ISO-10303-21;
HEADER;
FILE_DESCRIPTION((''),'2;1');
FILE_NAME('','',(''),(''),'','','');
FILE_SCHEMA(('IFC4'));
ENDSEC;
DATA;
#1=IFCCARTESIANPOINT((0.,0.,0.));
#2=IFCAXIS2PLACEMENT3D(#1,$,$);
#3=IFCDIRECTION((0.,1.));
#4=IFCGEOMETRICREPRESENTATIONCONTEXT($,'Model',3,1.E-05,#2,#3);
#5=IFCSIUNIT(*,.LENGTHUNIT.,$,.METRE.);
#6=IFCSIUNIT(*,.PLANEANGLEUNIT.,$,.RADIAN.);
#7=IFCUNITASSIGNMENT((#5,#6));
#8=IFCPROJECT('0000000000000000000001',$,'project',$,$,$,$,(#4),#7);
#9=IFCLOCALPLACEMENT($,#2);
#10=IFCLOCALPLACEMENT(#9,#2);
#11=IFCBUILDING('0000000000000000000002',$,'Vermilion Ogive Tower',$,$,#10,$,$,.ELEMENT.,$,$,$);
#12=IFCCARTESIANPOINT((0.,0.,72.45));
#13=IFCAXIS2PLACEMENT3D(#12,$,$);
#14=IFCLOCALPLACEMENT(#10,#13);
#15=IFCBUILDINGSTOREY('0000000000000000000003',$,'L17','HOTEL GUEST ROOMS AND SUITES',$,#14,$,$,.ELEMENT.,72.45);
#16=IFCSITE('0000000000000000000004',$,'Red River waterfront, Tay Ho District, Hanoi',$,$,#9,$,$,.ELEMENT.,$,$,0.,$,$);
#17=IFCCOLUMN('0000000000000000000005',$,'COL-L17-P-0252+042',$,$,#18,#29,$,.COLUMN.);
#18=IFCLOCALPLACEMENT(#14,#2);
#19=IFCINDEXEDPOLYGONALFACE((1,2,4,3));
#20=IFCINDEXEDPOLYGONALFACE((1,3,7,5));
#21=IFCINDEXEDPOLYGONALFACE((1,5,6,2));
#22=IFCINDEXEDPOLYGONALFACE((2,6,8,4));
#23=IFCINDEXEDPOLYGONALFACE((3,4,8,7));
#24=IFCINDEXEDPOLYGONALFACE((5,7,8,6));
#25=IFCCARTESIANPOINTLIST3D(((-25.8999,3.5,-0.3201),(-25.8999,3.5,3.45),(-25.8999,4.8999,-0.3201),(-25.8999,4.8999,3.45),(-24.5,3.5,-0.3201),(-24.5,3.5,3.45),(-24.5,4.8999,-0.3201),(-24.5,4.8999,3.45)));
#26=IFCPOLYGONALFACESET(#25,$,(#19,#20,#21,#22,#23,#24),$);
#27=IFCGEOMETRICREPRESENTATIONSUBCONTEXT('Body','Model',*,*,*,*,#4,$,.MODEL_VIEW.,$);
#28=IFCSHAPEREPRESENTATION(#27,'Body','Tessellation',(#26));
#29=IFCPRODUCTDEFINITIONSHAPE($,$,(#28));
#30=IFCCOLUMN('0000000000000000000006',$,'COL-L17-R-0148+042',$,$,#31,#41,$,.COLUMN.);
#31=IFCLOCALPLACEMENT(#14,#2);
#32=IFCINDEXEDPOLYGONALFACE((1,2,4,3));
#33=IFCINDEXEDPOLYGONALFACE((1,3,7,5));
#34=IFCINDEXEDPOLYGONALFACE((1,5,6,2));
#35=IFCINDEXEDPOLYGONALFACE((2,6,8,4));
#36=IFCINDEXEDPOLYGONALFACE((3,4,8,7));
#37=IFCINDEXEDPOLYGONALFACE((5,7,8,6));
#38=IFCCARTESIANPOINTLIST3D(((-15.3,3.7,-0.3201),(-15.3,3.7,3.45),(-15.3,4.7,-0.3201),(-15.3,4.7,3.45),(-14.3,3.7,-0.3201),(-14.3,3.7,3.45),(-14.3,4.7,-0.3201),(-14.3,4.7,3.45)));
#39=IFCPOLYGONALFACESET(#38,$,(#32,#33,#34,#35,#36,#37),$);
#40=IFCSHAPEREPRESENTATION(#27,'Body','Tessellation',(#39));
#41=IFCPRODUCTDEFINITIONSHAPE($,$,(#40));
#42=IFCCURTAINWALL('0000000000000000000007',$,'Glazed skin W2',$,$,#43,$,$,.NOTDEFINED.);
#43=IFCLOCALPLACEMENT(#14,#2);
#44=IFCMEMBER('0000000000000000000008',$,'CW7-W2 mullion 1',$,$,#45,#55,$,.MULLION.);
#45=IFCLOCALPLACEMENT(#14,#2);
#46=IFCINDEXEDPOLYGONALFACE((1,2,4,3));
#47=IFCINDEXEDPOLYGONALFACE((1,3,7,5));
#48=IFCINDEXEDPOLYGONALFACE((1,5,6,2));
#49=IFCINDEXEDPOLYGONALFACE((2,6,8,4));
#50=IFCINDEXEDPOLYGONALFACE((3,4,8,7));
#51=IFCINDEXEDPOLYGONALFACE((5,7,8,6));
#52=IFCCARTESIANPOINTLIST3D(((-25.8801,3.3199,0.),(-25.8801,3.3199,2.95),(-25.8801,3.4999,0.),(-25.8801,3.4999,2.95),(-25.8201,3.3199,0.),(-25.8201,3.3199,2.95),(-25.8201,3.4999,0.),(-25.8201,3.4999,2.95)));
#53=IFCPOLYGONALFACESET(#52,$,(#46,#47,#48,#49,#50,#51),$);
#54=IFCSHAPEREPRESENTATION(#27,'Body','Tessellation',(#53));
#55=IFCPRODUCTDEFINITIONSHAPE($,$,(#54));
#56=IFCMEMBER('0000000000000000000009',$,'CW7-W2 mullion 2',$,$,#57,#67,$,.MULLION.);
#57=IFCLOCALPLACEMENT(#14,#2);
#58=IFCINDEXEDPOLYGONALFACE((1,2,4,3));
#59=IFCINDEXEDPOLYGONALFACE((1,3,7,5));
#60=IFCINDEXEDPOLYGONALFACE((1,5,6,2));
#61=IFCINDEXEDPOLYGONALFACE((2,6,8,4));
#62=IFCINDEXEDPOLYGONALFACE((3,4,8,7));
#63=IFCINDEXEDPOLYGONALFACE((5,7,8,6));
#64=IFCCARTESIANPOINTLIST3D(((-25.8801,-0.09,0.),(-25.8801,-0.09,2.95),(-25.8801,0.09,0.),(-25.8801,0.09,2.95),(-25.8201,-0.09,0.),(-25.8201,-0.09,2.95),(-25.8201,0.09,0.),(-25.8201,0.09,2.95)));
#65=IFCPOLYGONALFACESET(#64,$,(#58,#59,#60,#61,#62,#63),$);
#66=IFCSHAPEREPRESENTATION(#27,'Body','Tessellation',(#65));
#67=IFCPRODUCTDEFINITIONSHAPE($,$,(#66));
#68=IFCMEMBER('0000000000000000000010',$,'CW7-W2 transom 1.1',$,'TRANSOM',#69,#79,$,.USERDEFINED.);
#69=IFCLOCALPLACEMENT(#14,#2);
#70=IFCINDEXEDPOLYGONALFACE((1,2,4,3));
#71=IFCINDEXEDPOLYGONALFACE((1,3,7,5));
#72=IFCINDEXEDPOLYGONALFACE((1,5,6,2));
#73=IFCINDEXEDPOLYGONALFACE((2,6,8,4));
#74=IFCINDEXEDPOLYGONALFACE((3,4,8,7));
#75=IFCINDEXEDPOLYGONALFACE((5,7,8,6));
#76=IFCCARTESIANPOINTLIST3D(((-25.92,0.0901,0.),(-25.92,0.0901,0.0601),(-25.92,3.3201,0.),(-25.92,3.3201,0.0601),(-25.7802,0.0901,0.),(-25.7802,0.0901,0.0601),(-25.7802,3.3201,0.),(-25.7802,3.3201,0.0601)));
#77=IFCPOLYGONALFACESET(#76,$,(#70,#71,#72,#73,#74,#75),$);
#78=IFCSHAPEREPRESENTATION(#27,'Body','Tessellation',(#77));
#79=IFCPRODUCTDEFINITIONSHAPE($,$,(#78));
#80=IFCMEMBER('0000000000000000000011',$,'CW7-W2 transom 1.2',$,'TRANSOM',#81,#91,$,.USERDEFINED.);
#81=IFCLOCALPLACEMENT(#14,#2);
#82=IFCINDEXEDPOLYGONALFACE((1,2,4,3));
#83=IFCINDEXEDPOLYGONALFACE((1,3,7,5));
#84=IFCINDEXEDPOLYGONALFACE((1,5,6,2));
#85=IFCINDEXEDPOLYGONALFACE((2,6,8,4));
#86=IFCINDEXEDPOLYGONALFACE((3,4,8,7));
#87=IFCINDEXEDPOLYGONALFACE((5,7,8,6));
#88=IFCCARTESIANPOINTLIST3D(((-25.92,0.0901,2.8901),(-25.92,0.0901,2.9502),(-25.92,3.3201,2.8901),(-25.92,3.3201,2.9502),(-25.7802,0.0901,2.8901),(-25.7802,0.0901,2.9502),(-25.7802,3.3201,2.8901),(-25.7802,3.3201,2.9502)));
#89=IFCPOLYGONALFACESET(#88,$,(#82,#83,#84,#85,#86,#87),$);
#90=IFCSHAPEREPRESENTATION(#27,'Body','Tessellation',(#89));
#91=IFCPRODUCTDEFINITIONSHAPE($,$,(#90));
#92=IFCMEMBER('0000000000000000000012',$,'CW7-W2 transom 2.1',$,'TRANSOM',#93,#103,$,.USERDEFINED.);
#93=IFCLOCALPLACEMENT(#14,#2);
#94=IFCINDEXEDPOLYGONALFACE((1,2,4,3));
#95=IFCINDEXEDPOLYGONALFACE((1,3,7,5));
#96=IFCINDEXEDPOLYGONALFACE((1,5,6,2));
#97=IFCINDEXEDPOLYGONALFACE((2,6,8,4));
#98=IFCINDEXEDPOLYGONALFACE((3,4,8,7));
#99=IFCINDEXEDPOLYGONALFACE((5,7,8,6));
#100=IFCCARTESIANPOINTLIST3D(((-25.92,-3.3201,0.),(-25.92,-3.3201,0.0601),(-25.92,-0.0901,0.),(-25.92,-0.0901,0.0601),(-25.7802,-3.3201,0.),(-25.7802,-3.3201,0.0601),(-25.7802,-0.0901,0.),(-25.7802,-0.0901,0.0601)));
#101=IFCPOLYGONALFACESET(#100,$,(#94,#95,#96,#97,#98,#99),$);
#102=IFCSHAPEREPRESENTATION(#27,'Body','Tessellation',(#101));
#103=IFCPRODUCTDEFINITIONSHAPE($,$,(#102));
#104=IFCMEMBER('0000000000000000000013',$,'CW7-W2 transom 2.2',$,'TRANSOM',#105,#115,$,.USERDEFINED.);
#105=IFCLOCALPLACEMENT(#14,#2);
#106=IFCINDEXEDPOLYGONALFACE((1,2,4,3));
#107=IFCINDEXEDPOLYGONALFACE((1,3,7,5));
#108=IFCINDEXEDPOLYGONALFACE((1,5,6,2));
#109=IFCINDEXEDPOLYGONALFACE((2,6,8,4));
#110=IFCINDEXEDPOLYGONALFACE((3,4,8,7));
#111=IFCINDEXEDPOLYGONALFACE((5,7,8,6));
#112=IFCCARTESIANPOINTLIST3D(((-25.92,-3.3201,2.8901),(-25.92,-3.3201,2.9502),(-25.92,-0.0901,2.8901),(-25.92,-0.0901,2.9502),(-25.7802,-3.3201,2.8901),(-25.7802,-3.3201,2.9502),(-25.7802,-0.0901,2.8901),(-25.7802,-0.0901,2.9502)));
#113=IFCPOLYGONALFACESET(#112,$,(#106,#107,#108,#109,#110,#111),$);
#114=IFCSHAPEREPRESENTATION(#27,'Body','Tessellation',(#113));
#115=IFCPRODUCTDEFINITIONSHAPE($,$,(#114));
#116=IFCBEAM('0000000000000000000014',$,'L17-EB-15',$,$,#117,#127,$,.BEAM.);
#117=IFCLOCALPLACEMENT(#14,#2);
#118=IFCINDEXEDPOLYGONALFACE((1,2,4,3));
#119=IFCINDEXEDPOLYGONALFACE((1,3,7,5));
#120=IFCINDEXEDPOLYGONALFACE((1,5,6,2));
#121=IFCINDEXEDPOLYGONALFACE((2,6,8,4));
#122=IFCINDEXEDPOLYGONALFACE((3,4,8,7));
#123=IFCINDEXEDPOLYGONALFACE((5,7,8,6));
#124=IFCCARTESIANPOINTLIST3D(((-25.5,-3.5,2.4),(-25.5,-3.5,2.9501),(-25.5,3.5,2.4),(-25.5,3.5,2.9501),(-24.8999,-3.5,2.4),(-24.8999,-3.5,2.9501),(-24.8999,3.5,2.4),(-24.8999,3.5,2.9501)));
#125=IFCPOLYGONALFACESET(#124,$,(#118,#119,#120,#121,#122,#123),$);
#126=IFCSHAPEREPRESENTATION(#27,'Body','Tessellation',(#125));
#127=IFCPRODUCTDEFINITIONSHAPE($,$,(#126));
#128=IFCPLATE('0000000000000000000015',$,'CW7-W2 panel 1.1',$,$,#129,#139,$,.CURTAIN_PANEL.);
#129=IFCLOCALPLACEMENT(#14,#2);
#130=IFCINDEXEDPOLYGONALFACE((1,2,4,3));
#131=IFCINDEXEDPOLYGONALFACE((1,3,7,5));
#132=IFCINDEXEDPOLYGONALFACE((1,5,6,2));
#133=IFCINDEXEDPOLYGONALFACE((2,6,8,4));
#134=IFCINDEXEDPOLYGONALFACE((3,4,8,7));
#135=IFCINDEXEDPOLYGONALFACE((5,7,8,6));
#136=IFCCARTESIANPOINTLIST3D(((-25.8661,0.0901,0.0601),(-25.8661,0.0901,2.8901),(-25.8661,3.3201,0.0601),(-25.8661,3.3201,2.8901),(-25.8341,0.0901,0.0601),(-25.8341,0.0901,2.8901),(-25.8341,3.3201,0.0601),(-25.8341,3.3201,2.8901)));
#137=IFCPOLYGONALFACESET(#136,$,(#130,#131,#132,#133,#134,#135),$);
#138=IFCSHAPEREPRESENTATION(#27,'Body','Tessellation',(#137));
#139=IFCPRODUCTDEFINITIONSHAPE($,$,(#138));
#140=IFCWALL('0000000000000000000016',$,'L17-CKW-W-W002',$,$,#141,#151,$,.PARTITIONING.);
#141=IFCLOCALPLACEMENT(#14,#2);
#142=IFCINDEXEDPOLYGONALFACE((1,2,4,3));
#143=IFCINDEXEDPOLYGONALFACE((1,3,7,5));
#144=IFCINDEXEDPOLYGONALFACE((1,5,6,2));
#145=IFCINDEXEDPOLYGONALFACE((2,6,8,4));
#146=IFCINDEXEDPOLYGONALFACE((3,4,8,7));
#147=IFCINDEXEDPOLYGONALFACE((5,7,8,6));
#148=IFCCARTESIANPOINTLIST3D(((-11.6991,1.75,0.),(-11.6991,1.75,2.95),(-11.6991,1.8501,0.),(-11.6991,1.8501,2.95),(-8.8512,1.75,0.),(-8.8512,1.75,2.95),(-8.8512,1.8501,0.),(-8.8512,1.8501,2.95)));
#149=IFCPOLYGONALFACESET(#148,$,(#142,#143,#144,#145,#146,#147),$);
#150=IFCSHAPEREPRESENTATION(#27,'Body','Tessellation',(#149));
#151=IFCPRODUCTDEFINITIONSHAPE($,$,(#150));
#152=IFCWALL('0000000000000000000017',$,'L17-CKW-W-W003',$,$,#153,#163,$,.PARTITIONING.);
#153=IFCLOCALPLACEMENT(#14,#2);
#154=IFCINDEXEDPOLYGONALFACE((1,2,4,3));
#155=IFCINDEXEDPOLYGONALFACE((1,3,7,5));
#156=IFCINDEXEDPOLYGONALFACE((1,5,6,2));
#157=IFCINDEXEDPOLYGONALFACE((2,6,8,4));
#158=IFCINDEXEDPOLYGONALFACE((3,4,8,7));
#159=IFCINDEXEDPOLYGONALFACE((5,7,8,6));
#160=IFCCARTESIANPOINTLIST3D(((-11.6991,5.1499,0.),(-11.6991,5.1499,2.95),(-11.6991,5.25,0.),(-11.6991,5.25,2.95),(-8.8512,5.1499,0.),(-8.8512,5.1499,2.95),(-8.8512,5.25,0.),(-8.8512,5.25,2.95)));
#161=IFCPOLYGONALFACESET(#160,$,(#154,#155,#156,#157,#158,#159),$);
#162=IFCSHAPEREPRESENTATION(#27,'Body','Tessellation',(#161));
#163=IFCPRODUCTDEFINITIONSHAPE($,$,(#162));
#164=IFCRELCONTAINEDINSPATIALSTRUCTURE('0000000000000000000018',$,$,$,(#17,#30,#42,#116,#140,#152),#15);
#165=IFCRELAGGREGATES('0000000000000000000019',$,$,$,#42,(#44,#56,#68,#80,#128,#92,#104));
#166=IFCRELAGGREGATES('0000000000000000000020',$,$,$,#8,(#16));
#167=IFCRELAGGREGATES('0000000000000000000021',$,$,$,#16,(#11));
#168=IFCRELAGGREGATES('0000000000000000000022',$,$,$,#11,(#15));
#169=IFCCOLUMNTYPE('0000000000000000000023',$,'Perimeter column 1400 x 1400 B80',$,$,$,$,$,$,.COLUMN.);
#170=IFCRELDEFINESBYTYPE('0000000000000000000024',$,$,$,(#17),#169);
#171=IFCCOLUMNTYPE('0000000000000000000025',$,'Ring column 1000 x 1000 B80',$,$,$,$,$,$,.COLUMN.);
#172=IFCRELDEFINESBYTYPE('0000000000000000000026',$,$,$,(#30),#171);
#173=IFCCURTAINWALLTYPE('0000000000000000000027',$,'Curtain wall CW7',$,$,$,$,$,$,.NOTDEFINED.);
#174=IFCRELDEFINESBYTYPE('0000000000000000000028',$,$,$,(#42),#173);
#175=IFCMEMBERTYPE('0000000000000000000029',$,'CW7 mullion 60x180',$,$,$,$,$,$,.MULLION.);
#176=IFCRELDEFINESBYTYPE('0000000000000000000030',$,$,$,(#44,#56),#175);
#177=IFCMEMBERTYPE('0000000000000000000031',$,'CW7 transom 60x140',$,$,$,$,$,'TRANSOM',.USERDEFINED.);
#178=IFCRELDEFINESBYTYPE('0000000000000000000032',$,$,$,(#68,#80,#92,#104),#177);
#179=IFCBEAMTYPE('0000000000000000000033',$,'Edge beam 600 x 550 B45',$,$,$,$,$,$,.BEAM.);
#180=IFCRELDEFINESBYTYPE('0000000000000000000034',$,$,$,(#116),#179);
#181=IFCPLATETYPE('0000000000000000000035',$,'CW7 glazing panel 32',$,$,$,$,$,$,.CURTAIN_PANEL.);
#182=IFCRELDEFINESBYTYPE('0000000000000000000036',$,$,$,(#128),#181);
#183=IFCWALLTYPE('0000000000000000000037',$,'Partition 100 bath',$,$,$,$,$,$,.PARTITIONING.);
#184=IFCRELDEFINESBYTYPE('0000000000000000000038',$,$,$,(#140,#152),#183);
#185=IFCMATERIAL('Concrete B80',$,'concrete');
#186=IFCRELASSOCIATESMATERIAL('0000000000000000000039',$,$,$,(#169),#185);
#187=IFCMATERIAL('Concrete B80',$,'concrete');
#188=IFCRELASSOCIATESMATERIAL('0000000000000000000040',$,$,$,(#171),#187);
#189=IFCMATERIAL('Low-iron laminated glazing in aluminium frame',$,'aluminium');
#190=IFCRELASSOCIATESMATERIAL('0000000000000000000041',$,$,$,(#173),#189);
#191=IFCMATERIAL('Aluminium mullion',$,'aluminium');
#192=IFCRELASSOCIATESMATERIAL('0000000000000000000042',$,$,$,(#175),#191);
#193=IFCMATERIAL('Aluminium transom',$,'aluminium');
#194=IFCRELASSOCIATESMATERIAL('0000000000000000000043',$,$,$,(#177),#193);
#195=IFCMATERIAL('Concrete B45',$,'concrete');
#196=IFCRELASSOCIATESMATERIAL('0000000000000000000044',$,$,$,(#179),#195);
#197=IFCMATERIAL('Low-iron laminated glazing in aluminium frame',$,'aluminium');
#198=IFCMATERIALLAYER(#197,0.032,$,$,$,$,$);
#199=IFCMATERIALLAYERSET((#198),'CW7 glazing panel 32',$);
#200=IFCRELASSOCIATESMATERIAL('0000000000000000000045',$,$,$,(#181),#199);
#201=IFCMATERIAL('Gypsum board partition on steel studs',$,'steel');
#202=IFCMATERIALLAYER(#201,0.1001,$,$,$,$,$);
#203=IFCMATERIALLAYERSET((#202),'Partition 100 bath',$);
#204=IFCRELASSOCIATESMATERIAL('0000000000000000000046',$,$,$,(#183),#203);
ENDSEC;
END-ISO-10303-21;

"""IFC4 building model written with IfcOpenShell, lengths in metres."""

from ifc_helpers import new_model, si_unit, direction, frame, frame_2d, origin, origin_2d, place, context, subcontext, project, spatial, rectangle, extrude, material, layer, layer_set, material_profile, profile_set, type_object, element, aggregate, save


model = new_model("IFC4")

# Units and contexts
model_context = context("Model", 3, precision=1e-05, world=origin(), true_north=direction((0.0, 1.0)))
body_context = subcontext(model_context, "Body", "Model", "MODEL_VIEW")
ifc_project = project(units=[si_unit("LENGTHUNIT", "METRE"), si_unit("PLANEANGLEUNIT", "RADIAN")], contexts=[model_context])

# Site, building, storey
site_placement = place(None, origin())
site = spatial("IfcSite", under=ifc_project, at=site_placement, Name="Red River waterfront, Tay Ho District, Hanoi", CompositionType="ELEMENT", RefElevation=0.0)
building_placement = place(site_placement, origin())
building = spatial("IfcBuilding", under=site, at=building_placement, Name="Vermilion Ogive Tower", CompositionType="ELEMENT")
storey_placement = place(building_placement, frame((0.0, 0.0, 72.45)))
storey = spatial("IfcBuildingStorey", under=building, at=storey_placement, Name="L17", Description="HOTEL GUEST ROOMS AND SUITES", CompositionType="ELEMENT", Elevation=72.45)

# Columns
ifc_material_1 = material(Name="Concrete B80", Category="concrete")
ifc_material_profile_1 = material_profile(ifc_material_1, rectangle(XDim=1.3999, YDim=1.3999, at=origin_2d()), Name="1400 x 1400")
ifc_profile_set_1 = profile_set([ifc_material_profile_1], Name="Concrete B80")
column_type_1 = type_object("IfcColumnType", Name="Perimeter column 1400 x 1400 B80", PredefinedType="COLUMN", material=ifc_profile_set_1)
column_1_placement = place(storey_placement, frame((-25.2, 4.2, -0.3201), z_axis=(0.0, 0.0, 1.0), x_axis=(1.0, 0.0, 0.0)))
element("IfcColumn", 1, at=column_1_placement, inside=storey, type_object=column_type_1, Name="COL-L17-P-0252+042", PredefinedType="COLUMN", context=body_context, shape_type="SweptSolid", body=[
    extrude(rectangle(XDim=1.3999, YDim=1.3999, at=origin_2d()), origin(), (0.0, 0.0, 1.0), 3.77),
])
ifc_material_2 = material(Name="Concrete B80", Category="concrete")
ifc_material_profile_2 = material_profile(ifc_material_2, rectangle(XDim=1.0, YDim=1.0, at=origin_2d()), Name="1000 x 1000")
ifc_profile_set_2 = profile_set([ifc_material_profile_2], Name="Concrete B80")
column_type_2 = type_object("IfcColumnType", Name="Ring column 1000 x 1000 B80", PredefinedType="COLUMN", material=ifc_profile_set_2)
column_2_placement = place(storey_placement, frame((-14.8, 4.2, -0.3201), z_axis=(0.0, 0.0, 1.0), x_axis=(1.0, 0.0, 0.0)))
element("IfcColumn", 2, at=column_2_placement, inside=storey, type_object=column_type_2, Name="COL-L17-R-0148+042", PredefinedType="COLUMN", context=body_context, shape_type="SweptSolid", body=[
    extrude(rectangle(XDim=1.0, YDim=1.0, at=origin_2d()), origin(), (0.0, 0.0, 1.0), 3.77),
])

# Curtain wall, members
ifc_material_3 = material(Name="Low-iron laminated glazing in aluminium frame", Category="aluminium")
curtain_wall_type = type_object("IfcCurtainWallType", Name="Curtain wall CW7", PredefinedType="NOTDEFINED", material=ifc_material_3)
curtain_wall_placement = place(storey_placement, origin())
curtain_wall = element("IfcCurtainWall", 3, at=curtain_wall_placement, inside=storey, type_object=curtain_wall_type, Name="Glazed skin W2", PredefinedType="NOTDEFINED")
ifc_material_4 = material(Name="Aluminium mullion", Category="aluminium")
ifc_material_profile_3 = material_profile(ifc_material_4, rectangle(XDim=0.0601, YDim=0.1799, at=origin_2d()), Name="AL 60x180")
ifc_profile_set_3 = profile_set([ifc_material_profile_3], Name="Aluminium mullion")
member_type_1 = type_object("IfcMemberType", Name="CW7 mullion 60x180", PredefinedType="MULLION", material=ifc_profile_set_3)
member_1_placement = place(storey_placement, frame((-25.8501, 3.4099, 0.0), z_axis=(0.0, 0.0, 1.0), x_axis=(1.0, 0.0, 0.0)))
member_1 = element("IfcMember", 4, at=member_1_placement, type_object=member_type_1, Name="CW7-W2 mullion 1", PredefinedType="MULLION", context=body_context, shape_type="SweptSolid", body=[
    extrude(rectangle(XDim=0.0601, YDim=0.1799, at=origin_2d()), origin(), (0.0, 0.0, 1.0), 2.95),
])
member_2_placement = place(storey_placement, frame((-25.8501, 0.0, 0.0), z_axis=(0.0, 0.0, 1.0), x_axis=(1.0, 0.0, 0.0)))
member_2 = element("IfcMember", 5, at=member_2_placement, type_object=member_type_1, Name="CW7-W2 mullion 2", PredefinedType="MULLION", context=body_context, shape_type="SweptSolid", body=[
    extrude(rectangle(XDim=0.0601, YDim=0.1799, at=origin_2d()), origin(), (0.0, 0.0, 1.0), 2.95),
])
ifc_material_5 = material(Name="Aluminium transom", Category="aluminium")
ifc_material_profile_4 = material_profile(ifc_material_5, rectangle(XDim=0.1399, YDim=0.0601, at=origin_2d()), Name="AL 60x140")
ifc_profile_set_4 = profile_set([ifc_material_profile_4], Name="Aluminium transom")
member_type_2 = type_object("IfcMemberType", Name="CW7 transom 60x140", ElementType="TRANSOM", PredefinedType="USERDEFINED", material=ifc_profile_set_4)
member_3_placement = place(storey_placement, frame((-25.8501, 3.3201, 0.03), z_axis=(0.0, -1.0, 0.0), x_axis=(1.0, 0.0, 0.0)))
member_3 = element("IfcMember", 6, at=member_3_placement, type_object=member_type_2, Name="CW7-W2 transom 1.1", ObjectType="TRANSOM", PredefinedType="USERDEFINED", context=body_context, shape_type="SweptSolid", body=[
    extrude(rectangle(XDim=0.1399, YDim=0.0601, at=origin_2d()), origin(), (0.0, 0.0, 1.0), 3.23),
])
member_4_placement = place(storey_placement, frame((-25.8501, 3.3201, 2.9202), z_axis=(0.0, -1.0, 0.0), x_axis=(1.0, 0.0, 0.0)))
member_4 = element("IfcMember", 7, at=member_4_placement, type_object=member_type_2, Name="CW7-W2 transom 1.2", ObjectType="TRANSOM", PredefinedType="USERDEFINED", context=body_context, shape_type="SweptSolid", body=[
    extrude(rectangle(XDim=0.1399, YDim=0.0601, at=origin_2d()), origin(), (0.0, 0.0, 1.0), 3.23),
])
member_5_placement = place(storey_placement, frame((-25.8501, -0.0901, 0.03), z_axis=(0.0, -1.0, 0.0), x_axis=(1.0, 0.0, 0.0)))
member_5 = element("IfcMember", 8, at=member_5_placement, type_object=member_type_2, Name="CW7-W2 transom 2.1", ObjectType="TRANSOM", PredefinedType="USERDEFINED", context=body_context, shape_type="SweptSolid", body=[
    extrude(rectangle(XDim=0.1399, YDim=0.0601, at=origin_2d()), origin(), (0.0, 0.0, 1.0), 3.23),
])
member_6_placement = place(storey_placement, frame((-25.8501, -0.0901, 2.9202), z_axis=(0.0, -1.0, 0.0), x_axis=(1.0, 0.0, 0.0)))
member_6 = element("IfcMember", 9, at=member_6_placement, type_object=member_type_2, Name="CW7-W2 transom 2.2", ObjectType="TRANSOM", PredefinedType="USERDEFINED", context=body_context, shape_type="SweptSolid", body=[
    extrude(rectangle(XDim=0.1399, YDim=0.0601, at=origin_2d()), origin(), (0.0, 0.0, 1.0), 3.23),
])

# Beam
ifc_material_6 = material(Name="Concrete B45", Category="concrete")
ifc_material_profile_5 = material_profile(ifc_material_6, rectangle(XDim=0.6001, YDim=0.55, at=origin_2d()), Name="600 x 550")
ifc_profile_set_5 = profile_set([ifc_material_profile_5], Name="Concrete B45")
beam_type = type_object("IfcBeamType", Name="Edge beam 600 x 550 B45", PredefinedType="BEAM", material=ifc_profile_set_5)
beam_placement = place(storey_placement, frame((-25.2, 3.5, 2.675), z_axis=(0.0, -1.0, 0.0), x_axis=(1.0, 0.0, 0.0)))
element("IfcBeam", 10, at=beam_placement, inside=storey, type_object=beam_type, Name="L17-EB-15", PredefinedType="BEAM", context=body_context, shape_type="SweptSolid", body=[
    extrude(rectangle(XDim=0.6001, YDim=0.55, at=origin_2d()), origin(), (0.0, 0.0, 1.0), 7.0),
])

# Plate
ifc_material_7 = material(Name="Low-iron laminated glazing in aluminium frame", Category="aluminium")
ifc_layer_1 = layer(ifc_material_7, 0.032)
ifc_layer_set_1 = layer_set([ifc_layer_1], Name="CW7 glazing panel 32")
plate_type = type_object("IfcPlateType", Name="CW7 glazing panel 32", PredefinedType="CURTAIN_PANEL", material=ifc_layer_set_1)
plate_placement = place(storey_placement, frame((-25.8501, 1.7051, 0.0601), z_axis=(0.0, 0.0, 1.0), x_axis=(0.0, -1.0, 0.0)))
plate = element("IfcPlate", 11, at=plate_placement, type_object=plate_type, Name="CW7-W2 panel 1.1", PredefinedType="CURTAIN_PANEL", context=body_context, shape_type="SweptSolid", body=[
    extrude(rectangle(XDim=3.23, YDim=0.032, at=origin_2d()), origin(), (0.0, 0.0, 1.0), 2.8301),
])
aggregate(curtain_wall, [member_1, member_2, member_3, member_4, plate, member_5, member_6])

# Walls
ifc_material_8 = material(Name="Gypsum board partition on steel studs", Category="steel")
ifc_layer_2 = layer(ifc_material_8, 0.1001)
ifc_layer_set_2 = layer_set([ifc_layer_2], Name="Partition 100 bath")
wall_type_1 = type_object("IfcWallType", Name="Partition 100 bath", PredefinedType="PARTITIONING", material=ifc_layer_set_2)
for number, where, z_axis, x_axis, name in (
    (12, (-11.699, 1.8, 0.0), (0.0, 0.0, 1.0), (1.0, 0.0, 0.0), "L17-CKW-W-W002"),
    (13, (-11.699, 5.2, 0.0), (0.0, 0.0, 1.0), (1.0, 0.0, 0.0), "L17-CKW-W-W003"),
):
    element("IfcWall", number, at=place(storey_placement, frame(where, z_axis=z_axis, x_axis=x_axis)), inside=storey, type_object=wall_type_1, Name=name, PredefinedType="PARTITIONING", context=body_context, shape_type="SweptSolid", body=[
        extrude(rectangle(XDim=2.8479, YDim=0.1001, at=frame_2d((1.4238, 0.0))), origin(), (0.0, 0.0, 1.0), 2.95),
    ])

save(model, "model.ifc")
